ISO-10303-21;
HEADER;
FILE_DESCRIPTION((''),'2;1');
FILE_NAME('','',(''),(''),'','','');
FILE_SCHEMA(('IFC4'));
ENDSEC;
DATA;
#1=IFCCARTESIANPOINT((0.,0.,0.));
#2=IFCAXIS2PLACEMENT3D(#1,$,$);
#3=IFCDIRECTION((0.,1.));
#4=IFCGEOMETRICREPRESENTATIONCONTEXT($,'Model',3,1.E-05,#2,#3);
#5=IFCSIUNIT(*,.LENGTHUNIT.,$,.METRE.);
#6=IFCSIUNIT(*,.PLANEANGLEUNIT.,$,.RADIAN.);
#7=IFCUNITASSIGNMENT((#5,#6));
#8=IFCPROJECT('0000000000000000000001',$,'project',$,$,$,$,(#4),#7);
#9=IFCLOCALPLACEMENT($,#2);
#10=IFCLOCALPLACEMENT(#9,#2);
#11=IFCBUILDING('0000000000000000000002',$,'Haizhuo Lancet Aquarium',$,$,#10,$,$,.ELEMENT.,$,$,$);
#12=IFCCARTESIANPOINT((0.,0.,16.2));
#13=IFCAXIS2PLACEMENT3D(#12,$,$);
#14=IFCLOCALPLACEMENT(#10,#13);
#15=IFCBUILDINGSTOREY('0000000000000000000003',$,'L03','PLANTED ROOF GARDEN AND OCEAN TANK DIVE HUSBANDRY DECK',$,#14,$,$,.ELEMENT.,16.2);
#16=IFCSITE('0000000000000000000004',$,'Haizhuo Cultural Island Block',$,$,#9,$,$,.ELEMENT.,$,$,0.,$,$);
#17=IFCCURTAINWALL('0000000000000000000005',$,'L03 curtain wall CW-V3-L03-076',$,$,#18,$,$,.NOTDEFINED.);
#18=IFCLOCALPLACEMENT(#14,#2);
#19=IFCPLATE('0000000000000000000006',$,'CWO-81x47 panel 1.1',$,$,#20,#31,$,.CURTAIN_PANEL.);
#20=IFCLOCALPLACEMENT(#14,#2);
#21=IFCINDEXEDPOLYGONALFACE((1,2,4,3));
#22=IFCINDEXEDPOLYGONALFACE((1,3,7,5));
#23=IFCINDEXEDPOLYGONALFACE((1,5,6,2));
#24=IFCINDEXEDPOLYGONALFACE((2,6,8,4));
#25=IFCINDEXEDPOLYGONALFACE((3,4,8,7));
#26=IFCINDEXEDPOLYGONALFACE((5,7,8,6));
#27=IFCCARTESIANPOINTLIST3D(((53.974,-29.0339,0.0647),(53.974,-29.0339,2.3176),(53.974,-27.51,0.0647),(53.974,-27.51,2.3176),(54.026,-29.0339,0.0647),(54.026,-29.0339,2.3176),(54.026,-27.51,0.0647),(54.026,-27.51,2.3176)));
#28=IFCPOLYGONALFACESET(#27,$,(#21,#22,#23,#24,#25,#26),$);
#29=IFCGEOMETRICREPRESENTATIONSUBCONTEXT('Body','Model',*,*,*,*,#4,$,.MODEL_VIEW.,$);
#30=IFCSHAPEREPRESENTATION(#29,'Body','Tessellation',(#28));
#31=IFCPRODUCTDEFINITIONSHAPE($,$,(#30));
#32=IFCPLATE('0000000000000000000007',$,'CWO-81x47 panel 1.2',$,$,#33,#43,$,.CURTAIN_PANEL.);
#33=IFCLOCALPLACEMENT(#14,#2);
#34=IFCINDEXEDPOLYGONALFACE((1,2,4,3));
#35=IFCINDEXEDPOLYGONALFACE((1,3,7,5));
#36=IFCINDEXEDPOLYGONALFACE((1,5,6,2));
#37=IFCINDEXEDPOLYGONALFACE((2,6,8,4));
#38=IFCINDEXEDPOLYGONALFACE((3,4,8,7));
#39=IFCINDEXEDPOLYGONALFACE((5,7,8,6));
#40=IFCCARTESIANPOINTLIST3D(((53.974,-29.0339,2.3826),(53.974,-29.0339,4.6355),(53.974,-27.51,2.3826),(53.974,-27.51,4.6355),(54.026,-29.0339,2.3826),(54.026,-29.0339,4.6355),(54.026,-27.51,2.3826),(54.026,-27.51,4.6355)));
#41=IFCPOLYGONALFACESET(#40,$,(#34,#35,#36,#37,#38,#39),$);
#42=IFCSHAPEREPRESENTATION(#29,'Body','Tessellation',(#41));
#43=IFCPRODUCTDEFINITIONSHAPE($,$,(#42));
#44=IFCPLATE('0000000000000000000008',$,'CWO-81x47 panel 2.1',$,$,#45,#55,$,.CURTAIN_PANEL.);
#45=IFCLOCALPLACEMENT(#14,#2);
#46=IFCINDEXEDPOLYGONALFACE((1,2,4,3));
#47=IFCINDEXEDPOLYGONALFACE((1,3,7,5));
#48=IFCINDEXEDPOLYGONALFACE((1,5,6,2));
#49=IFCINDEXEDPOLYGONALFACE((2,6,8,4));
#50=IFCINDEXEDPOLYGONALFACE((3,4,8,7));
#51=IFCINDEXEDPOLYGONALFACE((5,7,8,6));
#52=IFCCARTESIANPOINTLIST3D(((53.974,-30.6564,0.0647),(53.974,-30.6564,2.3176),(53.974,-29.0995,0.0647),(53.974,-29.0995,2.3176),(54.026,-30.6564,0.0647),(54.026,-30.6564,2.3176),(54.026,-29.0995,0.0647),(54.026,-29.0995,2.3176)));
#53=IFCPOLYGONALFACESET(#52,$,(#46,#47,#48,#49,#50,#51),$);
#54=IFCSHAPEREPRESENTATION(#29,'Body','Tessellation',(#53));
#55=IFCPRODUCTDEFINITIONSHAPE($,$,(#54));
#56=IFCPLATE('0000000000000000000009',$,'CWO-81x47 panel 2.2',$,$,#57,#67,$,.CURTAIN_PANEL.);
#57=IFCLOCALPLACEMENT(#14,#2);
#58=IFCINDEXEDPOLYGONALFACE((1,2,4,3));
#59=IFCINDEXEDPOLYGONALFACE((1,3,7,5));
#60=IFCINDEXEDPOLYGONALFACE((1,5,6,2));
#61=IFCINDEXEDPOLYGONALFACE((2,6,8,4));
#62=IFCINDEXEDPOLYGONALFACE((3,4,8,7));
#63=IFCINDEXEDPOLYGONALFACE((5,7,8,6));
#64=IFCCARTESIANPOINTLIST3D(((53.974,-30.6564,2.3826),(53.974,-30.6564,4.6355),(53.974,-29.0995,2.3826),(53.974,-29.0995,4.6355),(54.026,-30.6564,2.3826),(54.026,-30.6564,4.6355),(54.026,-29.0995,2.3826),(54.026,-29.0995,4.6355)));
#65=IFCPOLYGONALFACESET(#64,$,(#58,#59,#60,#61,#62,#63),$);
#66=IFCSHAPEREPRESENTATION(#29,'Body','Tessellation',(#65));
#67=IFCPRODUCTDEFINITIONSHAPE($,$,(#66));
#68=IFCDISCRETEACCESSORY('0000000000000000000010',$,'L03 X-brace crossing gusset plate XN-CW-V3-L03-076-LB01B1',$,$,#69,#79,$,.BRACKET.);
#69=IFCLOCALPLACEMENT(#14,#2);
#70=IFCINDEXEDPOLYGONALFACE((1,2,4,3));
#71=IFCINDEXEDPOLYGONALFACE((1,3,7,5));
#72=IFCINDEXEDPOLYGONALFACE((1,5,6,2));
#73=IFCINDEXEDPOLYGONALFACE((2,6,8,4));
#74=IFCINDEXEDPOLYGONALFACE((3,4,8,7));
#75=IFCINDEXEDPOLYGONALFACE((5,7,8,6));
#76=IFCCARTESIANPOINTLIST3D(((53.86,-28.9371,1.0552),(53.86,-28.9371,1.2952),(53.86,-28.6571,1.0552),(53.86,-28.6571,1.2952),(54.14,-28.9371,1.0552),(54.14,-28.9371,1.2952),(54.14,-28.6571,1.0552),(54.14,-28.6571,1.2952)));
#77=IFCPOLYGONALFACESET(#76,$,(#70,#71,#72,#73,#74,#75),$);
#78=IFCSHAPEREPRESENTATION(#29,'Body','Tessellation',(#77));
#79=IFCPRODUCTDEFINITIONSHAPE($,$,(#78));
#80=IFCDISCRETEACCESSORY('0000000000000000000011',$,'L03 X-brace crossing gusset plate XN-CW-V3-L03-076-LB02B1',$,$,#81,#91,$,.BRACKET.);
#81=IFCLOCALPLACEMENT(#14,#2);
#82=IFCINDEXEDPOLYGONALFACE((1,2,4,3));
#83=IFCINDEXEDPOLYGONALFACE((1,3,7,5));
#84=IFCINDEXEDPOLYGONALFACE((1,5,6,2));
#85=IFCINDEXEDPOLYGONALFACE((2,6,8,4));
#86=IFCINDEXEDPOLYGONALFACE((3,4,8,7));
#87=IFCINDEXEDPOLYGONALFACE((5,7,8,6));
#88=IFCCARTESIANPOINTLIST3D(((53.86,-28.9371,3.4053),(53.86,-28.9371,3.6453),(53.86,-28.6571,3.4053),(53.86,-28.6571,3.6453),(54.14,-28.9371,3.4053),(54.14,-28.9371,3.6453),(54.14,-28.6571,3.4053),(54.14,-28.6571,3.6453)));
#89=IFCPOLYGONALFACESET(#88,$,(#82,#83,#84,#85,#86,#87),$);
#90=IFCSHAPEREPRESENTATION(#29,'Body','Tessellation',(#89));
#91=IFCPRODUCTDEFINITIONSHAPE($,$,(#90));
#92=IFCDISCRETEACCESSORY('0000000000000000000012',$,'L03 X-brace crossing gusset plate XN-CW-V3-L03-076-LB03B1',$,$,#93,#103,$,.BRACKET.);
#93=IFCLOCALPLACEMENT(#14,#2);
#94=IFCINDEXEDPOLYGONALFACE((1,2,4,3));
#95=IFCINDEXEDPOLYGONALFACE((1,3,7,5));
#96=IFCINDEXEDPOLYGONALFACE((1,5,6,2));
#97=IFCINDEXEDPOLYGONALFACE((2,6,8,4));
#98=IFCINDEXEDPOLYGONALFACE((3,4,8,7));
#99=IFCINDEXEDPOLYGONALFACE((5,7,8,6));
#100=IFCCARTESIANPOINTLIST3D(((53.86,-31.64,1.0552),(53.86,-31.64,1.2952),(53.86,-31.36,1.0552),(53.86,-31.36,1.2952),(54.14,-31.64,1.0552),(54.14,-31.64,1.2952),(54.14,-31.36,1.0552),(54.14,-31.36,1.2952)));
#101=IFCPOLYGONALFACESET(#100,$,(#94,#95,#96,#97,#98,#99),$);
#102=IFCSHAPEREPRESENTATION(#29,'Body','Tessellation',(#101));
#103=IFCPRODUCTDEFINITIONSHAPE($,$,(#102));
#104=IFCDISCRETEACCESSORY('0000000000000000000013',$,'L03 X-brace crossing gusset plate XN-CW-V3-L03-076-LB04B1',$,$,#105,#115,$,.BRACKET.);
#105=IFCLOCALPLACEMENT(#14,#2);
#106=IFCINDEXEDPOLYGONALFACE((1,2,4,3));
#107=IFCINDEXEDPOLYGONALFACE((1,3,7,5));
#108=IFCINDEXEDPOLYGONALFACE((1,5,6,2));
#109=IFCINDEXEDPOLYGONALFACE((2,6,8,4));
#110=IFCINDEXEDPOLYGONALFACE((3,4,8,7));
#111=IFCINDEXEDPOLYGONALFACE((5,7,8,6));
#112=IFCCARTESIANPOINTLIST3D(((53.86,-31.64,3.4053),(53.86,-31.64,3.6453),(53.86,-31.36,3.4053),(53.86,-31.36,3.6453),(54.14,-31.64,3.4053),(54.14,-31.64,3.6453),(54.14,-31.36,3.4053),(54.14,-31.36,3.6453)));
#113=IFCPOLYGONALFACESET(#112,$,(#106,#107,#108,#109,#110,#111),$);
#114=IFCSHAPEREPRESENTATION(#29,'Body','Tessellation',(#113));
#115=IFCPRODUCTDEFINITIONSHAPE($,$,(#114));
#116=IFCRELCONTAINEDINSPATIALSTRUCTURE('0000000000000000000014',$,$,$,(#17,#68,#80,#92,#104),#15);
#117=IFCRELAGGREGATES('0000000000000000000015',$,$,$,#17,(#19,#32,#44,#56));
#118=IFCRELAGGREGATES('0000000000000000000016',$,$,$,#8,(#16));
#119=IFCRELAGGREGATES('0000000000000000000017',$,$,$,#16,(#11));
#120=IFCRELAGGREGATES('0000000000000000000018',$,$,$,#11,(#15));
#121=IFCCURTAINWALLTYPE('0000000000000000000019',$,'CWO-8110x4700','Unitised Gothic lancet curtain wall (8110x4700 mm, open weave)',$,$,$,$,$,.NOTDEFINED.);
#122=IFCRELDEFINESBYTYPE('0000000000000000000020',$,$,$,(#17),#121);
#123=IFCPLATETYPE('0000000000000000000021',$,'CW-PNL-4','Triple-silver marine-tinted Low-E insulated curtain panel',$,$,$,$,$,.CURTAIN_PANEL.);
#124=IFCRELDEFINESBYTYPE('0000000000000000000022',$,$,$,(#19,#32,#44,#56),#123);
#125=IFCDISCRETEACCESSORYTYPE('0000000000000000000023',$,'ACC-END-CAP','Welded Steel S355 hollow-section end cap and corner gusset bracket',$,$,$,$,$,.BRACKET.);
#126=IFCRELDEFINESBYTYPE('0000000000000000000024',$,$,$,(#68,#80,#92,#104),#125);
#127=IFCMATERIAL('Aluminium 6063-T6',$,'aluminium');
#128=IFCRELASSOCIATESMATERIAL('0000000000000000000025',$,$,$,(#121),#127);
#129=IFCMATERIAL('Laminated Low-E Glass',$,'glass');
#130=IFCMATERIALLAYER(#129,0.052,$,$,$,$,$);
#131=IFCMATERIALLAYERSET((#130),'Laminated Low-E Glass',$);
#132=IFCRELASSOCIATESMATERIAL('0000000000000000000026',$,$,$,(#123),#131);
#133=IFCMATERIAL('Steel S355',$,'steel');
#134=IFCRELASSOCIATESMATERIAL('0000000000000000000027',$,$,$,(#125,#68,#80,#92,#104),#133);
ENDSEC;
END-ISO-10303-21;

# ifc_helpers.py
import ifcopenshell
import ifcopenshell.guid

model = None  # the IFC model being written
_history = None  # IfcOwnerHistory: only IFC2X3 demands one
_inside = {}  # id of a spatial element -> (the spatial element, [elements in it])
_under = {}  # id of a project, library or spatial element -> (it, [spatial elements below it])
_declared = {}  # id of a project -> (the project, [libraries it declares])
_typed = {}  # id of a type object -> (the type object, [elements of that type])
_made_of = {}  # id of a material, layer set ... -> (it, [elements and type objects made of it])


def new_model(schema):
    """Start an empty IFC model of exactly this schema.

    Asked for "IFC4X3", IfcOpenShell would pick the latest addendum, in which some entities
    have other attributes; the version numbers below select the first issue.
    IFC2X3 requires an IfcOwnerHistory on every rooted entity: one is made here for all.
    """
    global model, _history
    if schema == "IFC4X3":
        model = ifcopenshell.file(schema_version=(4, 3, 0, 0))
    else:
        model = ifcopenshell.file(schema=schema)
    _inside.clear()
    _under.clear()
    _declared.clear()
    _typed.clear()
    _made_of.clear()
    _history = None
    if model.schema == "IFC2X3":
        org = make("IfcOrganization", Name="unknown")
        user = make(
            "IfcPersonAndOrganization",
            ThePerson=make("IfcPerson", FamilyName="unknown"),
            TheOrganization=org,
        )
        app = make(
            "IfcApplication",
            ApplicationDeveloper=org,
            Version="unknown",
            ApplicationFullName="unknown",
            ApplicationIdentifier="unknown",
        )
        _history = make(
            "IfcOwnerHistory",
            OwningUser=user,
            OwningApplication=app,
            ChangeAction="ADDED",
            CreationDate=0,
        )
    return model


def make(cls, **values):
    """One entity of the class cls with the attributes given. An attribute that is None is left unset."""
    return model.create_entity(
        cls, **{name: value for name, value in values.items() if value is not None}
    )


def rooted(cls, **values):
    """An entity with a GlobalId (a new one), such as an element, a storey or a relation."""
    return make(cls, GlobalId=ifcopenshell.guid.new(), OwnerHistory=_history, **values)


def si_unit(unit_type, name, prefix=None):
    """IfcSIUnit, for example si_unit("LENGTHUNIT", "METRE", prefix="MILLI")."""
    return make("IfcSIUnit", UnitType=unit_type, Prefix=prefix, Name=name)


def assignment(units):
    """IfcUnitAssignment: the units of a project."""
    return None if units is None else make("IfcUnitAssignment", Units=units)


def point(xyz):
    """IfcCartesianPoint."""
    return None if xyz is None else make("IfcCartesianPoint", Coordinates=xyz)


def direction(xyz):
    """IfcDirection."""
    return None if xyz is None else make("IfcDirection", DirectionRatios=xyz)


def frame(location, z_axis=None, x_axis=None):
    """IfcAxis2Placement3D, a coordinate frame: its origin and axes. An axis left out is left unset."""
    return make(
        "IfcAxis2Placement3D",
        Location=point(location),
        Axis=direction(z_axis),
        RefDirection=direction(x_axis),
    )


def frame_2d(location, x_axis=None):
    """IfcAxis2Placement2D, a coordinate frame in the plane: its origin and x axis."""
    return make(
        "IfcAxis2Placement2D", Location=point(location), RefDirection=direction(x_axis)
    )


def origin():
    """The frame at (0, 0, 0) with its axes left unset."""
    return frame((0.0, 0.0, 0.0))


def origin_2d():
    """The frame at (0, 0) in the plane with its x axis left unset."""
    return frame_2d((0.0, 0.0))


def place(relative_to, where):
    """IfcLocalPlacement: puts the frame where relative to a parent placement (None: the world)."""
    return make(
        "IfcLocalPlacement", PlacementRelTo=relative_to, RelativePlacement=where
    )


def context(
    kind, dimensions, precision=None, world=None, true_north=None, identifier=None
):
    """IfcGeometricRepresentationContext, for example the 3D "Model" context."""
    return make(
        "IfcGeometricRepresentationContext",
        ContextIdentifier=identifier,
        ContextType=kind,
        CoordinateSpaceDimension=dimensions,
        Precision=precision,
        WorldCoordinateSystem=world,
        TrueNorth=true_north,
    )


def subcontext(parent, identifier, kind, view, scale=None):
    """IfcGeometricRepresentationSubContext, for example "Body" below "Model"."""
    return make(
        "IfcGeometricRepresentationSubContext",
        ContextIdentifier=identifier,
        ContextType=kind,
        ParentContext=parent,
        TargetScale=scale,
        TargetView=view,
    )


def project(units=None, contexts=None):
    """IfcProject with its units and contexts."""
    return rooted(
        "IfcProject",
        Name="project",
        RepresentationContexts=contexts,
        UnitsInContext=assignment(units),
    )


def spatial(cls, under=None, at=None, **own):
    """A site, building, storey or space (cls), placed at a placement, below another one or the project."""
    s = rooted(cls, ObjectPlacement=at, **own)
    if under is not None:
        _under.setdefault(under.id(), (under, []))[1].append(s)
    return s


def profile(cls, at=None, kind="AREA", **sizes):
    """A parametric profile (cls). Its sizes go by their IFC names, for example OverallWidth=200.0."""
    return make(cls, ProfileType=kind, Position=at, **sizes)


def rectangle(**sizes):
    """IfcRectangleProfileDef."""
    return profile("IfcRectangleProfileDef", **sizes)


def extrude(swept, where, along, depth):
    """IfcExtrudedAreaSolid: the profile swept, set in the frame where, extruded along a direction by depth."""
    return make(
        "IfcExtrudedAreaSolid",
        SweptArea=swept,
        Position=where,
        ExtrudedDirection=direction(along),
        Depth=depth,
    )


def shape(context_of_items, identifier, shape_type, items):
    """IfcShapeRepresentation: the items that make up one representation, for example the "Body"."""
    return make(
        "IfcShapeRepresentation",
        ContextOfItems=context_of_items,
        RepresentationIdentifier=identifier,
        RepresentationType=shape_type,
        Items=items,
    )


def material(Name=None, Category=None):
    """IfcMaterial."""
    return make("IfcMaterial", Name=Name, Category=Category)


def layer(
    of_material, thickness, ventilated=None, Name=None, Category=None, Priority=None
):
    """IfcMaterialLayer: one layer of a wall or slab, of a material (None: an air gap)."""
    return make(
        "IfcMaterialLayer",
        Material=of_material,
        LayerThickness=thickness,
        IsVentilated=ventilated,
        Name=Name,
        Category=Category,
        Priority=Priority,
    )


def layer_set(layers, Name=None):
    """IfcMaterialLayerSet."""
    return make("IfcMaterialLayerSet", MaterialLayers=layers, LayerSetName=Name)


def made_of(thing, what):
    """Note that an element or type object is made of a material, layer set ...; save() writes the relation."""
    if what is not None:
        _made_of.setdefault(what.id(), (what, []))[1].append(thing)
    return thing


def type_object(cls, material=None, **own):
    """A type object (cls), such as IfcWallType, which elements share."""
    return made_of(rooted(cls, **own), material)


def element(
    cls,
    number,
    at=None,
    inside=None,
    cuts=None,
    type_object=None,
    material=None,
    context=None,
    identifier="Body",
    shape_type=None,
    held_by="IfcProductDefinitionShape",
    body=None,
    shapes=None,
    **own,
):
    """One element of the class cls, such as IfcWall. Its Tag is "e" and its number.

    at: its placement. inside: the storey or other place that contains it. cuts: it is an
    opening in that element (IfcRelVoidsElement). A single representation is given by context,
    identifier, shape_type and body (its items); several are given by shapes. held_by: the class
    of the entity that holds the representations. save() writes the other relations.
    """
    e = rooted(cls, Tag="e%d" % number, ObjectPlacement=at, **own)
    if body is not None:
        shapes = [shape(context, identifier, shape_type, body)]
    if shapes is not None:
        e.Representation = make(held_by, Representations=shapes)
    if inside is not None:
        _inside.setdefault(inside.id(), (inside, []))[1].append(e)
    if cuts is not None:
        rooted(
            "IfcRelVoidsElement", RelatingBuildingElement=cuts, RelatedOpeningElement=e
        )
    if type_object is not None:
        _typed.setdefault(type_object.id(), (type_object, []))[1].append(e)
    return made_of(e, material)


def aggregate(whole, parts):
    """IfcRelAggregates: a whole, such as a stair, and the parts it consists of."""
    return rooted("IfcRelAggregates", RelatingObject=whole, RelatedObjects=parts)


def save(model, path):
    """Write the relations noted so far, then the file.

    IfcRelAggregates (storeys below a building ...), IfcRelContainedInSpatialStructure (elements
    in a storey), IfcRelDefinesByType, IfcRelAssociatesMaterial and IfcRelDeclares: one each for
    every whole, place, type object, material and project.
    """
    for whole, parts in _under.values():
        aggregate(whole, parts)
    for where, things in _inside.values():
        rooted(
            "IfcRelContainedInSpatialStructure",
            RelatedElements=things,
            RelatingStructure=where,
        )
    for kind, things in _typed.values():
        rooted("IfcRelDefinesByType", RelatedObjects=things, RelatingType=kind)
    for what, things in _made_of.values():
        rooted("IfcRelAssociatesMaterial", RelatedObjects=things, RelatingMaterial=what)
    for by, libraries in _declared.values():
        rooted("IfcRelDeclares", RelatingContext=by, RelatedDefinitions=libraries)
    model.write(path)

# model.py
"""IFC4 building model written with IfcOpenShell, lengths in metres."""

from ifc_helpers import new_model, si_unit, direction, frame, origin, origin_2d, place, context, subcontext, project, spatial, rectangle, extrude, material, layer, layer_set, type_object, element, aggregate, save


model = new_model("IFC4")

# Units and contexts
model_context = context("Model", 3, precision=1e-05, world=origin(), true_north=direction((0.0, 1.0)))
body_context = subcontext(model_context, "Body", "Model", "MODEL_VIEW")
ifc_project = project(units=[si_unit("LENGTHUNIT", "METRE"), si_unit("PLANEANGLEUNIT", "RADIAN")], contexts=[model_context])

# Site, building, storey
site_placement = place(None, origin())
site = spatial("IfcSite", under=ifc_project, at=site_placement, Name="Haizhuo Cultural Island Block", CompositionType="ELEMENT", RefElevation=0.0)
building_placement = place(site_placement, origin())
building = spatial("IfcBuilding", under=site, at=building_placement, Name="Haizhuo Lancet Aquarium", CompositionType="ELEMENT")
storey_placement = place(building_placement, frame((0.0, 0.0, 16.2)))
storey = spatial("IfcBuildingStorey", under=building, at=storey_placement, Name="L03", Description="PLANTED ROOF GARDEN AND OCEAN TANK DIVE HUSBANDRY DECK", CompositionType="ELEMENT", Elevation=16.2)

# Curtain wall
ifc_material_1 = material(Name="Aluminium 6063-T6", Category="aluminium")
curtain_wall_type = type_object("IfcCurtainWallType", Name="CWO-8110x4700", Description="Unitised Gothic lancet curtain wall (8110x4700 mm, open weave)", PredefinedType="NOTDEFINED", material=ifc_material_1)
curtain_wall_placement = place(storey_placement, origin())
curtain_wall = element("IfcCurtainWall", 1, at=curtain_wall_placement, inside=storey, type_object=curtain_wall_type, Name="L03 curtain wall CW-V3-L03-076", PredefinedType="NOTDEFINED")

# Shared definitions
ifc_material_2 = material(Name="Steel S355", Category="steel")

# Plates
ifc_material_3 = material(Name="Laminated Low-E Glass", Category="glass")
ifc_layer = layer(ifc_material_3, 0.052)
ifc_layer_set = layer_set([ifc_layer], Name="Laminated Low-E Glass")
plate_type = type_object("IfcPlateType", Name="CW-PNL-4", Description="Triple-silver marine-tinted Low-E insulated curtain panel", PredefinedType="CURTAIN_PANEL", material=ifc_layer_set)
plate_1_placement = place(storey_placement, frame((54.0, -28.272, 0.0647), z_axis=(0.0, 0.0, 1.0), x_axis=(0.0, -1.0, 0.0)))
plate_1 = element("IfcPlate", 2, at=plate_1_placement, type_object=plate_type, Name="CWO-81x47 panel 1.1", PredefinedType="CURTAIN_PANEL", context=body_context, shape_type="SweptSolid", body=[
    extrude(rectangle(XDim=1.5239, YDim=0.052, at=origin_2d()), origin(), (0.0, 0.0, 1.0), 2.2529),
])
plate_2_placement = place(storey_placement, frame((54.0, -28.272, 2.3826), z_axis=(0.0, 0.0, 1.0), x_axis=(0.0, -1.0, 0.0)))
plate_2 = element("IfcPlate", 3, at=plate_2_placement, type_object=plate_type, Name="CWO-81x47 panel 1.2", PredefinedType="CURTAIN_PANEL", context=body_context, shape_type="SweptSolid", body=[
    extrude(rectangle(XDim=1.5239, YDim=0.052, at=origin_2d()), origin(), (0.0, 0.0, 1.0), 2.2529),
])
plate_3_placement = place(storey_placement, frame((54.0, -29.8779, 0.0647), z_axis=(0.0, 0.0, 1.0), x_axis=(0.0, -1.0, 0.0)))
plate_3 = element("IfcPlate", 4, at=plate_3_placement, type_object=plate_type, Name="CWO-81x47 panel 2.1", PredefinedType="CURTAIN_PANEL", context=body_context, shape_type="SweptSolid", body=[
    extrude(rectangle(XDim=1.5569, YDim=0.052, at=origin_2d()), origin(), (0.0, 0.0, 1.0), 2.2529),
])
plate_4_placement = place(storey_placement, frame((54.0, -29.8779, 2.3826), z_axis=(0.0, 0.0, 1.0), x_axis=(0.0, -1.0, 0.0)))
plate_4 = element("IfcPlate", 5, at=plate_4_placement, type_object=plate_type, Name="CWO-81x47 panel 2.2", PredefinedType="CURTAIN_PANEL", context=body_context, shape_type="SweptSolid", body=[
    extrude(rectangle(XDim=1.5569, YDim=0.052, at=origin_2d()), origin(), (0.0, 0.0, 1.0), 2.2529),
])
aggregate(curtain_wall, [plate_1, plate_2, plate_3, plate_4])

# Discrete accessories
discrete_accessory_type = type_object("IfcDiscreteAccessoryType", Name="ACC-END-CAP", Description="Welded Steel S355 hollow-section end cap and corner gusset bracket", PredefinedType="BRACKET", material=ifc_material_2)
for number, where, z_axis, x_axis, name in (
    (6, (54.0, -28.7971, 1.0552), (0.0, 0.0, 1.0), (1.0, 0.0, 0.0), "L03 X-brace crossing gusset plate XN-CW-V3-L03-076-LB01B1"),
    (7, (54.0, -28.7971, 3.4053), (0.0, 0.0, 1.0), (1.0, 0.0, 0.0), "L03 X-brace crossing gusset plate XN-CW-V3-L03-076-LB02B1"),
    (8, (54.0, -31.5, 1.0552), (0.0, 0.0, 1.0), (1.0, 0.0, 0.0), "L03 X-brace crossing gusset plate XN-CW-V3-L03-076-LB03B1"),
    (9, (54.0, -31.5, 3.4053), (0.0, 0.0, 1.0), (1.0, 0.0, 0.0), "L03 X-brace crossing gusset plate XN-CW-V3-L03-076-LB04B1"),
):
    element("IfcDiscreteAccessory", number, at=place(storey_placement, frame(where, z_axis=z_axis, x_axis=x_axis)), inside=storey, type_object=discrete_accessory_type, material=ifc_material_2, Name=name, PredefinedType="BRACKET", context=body_context, shape_type="SweptSolid", body=[
        extrude(rectangle(XDim=0.28, YDim=0.28, at=origin_2d()), origin(), (0.0, 0.0, 1.0), 0.24),
    ])

save(model, "model.ifc")
